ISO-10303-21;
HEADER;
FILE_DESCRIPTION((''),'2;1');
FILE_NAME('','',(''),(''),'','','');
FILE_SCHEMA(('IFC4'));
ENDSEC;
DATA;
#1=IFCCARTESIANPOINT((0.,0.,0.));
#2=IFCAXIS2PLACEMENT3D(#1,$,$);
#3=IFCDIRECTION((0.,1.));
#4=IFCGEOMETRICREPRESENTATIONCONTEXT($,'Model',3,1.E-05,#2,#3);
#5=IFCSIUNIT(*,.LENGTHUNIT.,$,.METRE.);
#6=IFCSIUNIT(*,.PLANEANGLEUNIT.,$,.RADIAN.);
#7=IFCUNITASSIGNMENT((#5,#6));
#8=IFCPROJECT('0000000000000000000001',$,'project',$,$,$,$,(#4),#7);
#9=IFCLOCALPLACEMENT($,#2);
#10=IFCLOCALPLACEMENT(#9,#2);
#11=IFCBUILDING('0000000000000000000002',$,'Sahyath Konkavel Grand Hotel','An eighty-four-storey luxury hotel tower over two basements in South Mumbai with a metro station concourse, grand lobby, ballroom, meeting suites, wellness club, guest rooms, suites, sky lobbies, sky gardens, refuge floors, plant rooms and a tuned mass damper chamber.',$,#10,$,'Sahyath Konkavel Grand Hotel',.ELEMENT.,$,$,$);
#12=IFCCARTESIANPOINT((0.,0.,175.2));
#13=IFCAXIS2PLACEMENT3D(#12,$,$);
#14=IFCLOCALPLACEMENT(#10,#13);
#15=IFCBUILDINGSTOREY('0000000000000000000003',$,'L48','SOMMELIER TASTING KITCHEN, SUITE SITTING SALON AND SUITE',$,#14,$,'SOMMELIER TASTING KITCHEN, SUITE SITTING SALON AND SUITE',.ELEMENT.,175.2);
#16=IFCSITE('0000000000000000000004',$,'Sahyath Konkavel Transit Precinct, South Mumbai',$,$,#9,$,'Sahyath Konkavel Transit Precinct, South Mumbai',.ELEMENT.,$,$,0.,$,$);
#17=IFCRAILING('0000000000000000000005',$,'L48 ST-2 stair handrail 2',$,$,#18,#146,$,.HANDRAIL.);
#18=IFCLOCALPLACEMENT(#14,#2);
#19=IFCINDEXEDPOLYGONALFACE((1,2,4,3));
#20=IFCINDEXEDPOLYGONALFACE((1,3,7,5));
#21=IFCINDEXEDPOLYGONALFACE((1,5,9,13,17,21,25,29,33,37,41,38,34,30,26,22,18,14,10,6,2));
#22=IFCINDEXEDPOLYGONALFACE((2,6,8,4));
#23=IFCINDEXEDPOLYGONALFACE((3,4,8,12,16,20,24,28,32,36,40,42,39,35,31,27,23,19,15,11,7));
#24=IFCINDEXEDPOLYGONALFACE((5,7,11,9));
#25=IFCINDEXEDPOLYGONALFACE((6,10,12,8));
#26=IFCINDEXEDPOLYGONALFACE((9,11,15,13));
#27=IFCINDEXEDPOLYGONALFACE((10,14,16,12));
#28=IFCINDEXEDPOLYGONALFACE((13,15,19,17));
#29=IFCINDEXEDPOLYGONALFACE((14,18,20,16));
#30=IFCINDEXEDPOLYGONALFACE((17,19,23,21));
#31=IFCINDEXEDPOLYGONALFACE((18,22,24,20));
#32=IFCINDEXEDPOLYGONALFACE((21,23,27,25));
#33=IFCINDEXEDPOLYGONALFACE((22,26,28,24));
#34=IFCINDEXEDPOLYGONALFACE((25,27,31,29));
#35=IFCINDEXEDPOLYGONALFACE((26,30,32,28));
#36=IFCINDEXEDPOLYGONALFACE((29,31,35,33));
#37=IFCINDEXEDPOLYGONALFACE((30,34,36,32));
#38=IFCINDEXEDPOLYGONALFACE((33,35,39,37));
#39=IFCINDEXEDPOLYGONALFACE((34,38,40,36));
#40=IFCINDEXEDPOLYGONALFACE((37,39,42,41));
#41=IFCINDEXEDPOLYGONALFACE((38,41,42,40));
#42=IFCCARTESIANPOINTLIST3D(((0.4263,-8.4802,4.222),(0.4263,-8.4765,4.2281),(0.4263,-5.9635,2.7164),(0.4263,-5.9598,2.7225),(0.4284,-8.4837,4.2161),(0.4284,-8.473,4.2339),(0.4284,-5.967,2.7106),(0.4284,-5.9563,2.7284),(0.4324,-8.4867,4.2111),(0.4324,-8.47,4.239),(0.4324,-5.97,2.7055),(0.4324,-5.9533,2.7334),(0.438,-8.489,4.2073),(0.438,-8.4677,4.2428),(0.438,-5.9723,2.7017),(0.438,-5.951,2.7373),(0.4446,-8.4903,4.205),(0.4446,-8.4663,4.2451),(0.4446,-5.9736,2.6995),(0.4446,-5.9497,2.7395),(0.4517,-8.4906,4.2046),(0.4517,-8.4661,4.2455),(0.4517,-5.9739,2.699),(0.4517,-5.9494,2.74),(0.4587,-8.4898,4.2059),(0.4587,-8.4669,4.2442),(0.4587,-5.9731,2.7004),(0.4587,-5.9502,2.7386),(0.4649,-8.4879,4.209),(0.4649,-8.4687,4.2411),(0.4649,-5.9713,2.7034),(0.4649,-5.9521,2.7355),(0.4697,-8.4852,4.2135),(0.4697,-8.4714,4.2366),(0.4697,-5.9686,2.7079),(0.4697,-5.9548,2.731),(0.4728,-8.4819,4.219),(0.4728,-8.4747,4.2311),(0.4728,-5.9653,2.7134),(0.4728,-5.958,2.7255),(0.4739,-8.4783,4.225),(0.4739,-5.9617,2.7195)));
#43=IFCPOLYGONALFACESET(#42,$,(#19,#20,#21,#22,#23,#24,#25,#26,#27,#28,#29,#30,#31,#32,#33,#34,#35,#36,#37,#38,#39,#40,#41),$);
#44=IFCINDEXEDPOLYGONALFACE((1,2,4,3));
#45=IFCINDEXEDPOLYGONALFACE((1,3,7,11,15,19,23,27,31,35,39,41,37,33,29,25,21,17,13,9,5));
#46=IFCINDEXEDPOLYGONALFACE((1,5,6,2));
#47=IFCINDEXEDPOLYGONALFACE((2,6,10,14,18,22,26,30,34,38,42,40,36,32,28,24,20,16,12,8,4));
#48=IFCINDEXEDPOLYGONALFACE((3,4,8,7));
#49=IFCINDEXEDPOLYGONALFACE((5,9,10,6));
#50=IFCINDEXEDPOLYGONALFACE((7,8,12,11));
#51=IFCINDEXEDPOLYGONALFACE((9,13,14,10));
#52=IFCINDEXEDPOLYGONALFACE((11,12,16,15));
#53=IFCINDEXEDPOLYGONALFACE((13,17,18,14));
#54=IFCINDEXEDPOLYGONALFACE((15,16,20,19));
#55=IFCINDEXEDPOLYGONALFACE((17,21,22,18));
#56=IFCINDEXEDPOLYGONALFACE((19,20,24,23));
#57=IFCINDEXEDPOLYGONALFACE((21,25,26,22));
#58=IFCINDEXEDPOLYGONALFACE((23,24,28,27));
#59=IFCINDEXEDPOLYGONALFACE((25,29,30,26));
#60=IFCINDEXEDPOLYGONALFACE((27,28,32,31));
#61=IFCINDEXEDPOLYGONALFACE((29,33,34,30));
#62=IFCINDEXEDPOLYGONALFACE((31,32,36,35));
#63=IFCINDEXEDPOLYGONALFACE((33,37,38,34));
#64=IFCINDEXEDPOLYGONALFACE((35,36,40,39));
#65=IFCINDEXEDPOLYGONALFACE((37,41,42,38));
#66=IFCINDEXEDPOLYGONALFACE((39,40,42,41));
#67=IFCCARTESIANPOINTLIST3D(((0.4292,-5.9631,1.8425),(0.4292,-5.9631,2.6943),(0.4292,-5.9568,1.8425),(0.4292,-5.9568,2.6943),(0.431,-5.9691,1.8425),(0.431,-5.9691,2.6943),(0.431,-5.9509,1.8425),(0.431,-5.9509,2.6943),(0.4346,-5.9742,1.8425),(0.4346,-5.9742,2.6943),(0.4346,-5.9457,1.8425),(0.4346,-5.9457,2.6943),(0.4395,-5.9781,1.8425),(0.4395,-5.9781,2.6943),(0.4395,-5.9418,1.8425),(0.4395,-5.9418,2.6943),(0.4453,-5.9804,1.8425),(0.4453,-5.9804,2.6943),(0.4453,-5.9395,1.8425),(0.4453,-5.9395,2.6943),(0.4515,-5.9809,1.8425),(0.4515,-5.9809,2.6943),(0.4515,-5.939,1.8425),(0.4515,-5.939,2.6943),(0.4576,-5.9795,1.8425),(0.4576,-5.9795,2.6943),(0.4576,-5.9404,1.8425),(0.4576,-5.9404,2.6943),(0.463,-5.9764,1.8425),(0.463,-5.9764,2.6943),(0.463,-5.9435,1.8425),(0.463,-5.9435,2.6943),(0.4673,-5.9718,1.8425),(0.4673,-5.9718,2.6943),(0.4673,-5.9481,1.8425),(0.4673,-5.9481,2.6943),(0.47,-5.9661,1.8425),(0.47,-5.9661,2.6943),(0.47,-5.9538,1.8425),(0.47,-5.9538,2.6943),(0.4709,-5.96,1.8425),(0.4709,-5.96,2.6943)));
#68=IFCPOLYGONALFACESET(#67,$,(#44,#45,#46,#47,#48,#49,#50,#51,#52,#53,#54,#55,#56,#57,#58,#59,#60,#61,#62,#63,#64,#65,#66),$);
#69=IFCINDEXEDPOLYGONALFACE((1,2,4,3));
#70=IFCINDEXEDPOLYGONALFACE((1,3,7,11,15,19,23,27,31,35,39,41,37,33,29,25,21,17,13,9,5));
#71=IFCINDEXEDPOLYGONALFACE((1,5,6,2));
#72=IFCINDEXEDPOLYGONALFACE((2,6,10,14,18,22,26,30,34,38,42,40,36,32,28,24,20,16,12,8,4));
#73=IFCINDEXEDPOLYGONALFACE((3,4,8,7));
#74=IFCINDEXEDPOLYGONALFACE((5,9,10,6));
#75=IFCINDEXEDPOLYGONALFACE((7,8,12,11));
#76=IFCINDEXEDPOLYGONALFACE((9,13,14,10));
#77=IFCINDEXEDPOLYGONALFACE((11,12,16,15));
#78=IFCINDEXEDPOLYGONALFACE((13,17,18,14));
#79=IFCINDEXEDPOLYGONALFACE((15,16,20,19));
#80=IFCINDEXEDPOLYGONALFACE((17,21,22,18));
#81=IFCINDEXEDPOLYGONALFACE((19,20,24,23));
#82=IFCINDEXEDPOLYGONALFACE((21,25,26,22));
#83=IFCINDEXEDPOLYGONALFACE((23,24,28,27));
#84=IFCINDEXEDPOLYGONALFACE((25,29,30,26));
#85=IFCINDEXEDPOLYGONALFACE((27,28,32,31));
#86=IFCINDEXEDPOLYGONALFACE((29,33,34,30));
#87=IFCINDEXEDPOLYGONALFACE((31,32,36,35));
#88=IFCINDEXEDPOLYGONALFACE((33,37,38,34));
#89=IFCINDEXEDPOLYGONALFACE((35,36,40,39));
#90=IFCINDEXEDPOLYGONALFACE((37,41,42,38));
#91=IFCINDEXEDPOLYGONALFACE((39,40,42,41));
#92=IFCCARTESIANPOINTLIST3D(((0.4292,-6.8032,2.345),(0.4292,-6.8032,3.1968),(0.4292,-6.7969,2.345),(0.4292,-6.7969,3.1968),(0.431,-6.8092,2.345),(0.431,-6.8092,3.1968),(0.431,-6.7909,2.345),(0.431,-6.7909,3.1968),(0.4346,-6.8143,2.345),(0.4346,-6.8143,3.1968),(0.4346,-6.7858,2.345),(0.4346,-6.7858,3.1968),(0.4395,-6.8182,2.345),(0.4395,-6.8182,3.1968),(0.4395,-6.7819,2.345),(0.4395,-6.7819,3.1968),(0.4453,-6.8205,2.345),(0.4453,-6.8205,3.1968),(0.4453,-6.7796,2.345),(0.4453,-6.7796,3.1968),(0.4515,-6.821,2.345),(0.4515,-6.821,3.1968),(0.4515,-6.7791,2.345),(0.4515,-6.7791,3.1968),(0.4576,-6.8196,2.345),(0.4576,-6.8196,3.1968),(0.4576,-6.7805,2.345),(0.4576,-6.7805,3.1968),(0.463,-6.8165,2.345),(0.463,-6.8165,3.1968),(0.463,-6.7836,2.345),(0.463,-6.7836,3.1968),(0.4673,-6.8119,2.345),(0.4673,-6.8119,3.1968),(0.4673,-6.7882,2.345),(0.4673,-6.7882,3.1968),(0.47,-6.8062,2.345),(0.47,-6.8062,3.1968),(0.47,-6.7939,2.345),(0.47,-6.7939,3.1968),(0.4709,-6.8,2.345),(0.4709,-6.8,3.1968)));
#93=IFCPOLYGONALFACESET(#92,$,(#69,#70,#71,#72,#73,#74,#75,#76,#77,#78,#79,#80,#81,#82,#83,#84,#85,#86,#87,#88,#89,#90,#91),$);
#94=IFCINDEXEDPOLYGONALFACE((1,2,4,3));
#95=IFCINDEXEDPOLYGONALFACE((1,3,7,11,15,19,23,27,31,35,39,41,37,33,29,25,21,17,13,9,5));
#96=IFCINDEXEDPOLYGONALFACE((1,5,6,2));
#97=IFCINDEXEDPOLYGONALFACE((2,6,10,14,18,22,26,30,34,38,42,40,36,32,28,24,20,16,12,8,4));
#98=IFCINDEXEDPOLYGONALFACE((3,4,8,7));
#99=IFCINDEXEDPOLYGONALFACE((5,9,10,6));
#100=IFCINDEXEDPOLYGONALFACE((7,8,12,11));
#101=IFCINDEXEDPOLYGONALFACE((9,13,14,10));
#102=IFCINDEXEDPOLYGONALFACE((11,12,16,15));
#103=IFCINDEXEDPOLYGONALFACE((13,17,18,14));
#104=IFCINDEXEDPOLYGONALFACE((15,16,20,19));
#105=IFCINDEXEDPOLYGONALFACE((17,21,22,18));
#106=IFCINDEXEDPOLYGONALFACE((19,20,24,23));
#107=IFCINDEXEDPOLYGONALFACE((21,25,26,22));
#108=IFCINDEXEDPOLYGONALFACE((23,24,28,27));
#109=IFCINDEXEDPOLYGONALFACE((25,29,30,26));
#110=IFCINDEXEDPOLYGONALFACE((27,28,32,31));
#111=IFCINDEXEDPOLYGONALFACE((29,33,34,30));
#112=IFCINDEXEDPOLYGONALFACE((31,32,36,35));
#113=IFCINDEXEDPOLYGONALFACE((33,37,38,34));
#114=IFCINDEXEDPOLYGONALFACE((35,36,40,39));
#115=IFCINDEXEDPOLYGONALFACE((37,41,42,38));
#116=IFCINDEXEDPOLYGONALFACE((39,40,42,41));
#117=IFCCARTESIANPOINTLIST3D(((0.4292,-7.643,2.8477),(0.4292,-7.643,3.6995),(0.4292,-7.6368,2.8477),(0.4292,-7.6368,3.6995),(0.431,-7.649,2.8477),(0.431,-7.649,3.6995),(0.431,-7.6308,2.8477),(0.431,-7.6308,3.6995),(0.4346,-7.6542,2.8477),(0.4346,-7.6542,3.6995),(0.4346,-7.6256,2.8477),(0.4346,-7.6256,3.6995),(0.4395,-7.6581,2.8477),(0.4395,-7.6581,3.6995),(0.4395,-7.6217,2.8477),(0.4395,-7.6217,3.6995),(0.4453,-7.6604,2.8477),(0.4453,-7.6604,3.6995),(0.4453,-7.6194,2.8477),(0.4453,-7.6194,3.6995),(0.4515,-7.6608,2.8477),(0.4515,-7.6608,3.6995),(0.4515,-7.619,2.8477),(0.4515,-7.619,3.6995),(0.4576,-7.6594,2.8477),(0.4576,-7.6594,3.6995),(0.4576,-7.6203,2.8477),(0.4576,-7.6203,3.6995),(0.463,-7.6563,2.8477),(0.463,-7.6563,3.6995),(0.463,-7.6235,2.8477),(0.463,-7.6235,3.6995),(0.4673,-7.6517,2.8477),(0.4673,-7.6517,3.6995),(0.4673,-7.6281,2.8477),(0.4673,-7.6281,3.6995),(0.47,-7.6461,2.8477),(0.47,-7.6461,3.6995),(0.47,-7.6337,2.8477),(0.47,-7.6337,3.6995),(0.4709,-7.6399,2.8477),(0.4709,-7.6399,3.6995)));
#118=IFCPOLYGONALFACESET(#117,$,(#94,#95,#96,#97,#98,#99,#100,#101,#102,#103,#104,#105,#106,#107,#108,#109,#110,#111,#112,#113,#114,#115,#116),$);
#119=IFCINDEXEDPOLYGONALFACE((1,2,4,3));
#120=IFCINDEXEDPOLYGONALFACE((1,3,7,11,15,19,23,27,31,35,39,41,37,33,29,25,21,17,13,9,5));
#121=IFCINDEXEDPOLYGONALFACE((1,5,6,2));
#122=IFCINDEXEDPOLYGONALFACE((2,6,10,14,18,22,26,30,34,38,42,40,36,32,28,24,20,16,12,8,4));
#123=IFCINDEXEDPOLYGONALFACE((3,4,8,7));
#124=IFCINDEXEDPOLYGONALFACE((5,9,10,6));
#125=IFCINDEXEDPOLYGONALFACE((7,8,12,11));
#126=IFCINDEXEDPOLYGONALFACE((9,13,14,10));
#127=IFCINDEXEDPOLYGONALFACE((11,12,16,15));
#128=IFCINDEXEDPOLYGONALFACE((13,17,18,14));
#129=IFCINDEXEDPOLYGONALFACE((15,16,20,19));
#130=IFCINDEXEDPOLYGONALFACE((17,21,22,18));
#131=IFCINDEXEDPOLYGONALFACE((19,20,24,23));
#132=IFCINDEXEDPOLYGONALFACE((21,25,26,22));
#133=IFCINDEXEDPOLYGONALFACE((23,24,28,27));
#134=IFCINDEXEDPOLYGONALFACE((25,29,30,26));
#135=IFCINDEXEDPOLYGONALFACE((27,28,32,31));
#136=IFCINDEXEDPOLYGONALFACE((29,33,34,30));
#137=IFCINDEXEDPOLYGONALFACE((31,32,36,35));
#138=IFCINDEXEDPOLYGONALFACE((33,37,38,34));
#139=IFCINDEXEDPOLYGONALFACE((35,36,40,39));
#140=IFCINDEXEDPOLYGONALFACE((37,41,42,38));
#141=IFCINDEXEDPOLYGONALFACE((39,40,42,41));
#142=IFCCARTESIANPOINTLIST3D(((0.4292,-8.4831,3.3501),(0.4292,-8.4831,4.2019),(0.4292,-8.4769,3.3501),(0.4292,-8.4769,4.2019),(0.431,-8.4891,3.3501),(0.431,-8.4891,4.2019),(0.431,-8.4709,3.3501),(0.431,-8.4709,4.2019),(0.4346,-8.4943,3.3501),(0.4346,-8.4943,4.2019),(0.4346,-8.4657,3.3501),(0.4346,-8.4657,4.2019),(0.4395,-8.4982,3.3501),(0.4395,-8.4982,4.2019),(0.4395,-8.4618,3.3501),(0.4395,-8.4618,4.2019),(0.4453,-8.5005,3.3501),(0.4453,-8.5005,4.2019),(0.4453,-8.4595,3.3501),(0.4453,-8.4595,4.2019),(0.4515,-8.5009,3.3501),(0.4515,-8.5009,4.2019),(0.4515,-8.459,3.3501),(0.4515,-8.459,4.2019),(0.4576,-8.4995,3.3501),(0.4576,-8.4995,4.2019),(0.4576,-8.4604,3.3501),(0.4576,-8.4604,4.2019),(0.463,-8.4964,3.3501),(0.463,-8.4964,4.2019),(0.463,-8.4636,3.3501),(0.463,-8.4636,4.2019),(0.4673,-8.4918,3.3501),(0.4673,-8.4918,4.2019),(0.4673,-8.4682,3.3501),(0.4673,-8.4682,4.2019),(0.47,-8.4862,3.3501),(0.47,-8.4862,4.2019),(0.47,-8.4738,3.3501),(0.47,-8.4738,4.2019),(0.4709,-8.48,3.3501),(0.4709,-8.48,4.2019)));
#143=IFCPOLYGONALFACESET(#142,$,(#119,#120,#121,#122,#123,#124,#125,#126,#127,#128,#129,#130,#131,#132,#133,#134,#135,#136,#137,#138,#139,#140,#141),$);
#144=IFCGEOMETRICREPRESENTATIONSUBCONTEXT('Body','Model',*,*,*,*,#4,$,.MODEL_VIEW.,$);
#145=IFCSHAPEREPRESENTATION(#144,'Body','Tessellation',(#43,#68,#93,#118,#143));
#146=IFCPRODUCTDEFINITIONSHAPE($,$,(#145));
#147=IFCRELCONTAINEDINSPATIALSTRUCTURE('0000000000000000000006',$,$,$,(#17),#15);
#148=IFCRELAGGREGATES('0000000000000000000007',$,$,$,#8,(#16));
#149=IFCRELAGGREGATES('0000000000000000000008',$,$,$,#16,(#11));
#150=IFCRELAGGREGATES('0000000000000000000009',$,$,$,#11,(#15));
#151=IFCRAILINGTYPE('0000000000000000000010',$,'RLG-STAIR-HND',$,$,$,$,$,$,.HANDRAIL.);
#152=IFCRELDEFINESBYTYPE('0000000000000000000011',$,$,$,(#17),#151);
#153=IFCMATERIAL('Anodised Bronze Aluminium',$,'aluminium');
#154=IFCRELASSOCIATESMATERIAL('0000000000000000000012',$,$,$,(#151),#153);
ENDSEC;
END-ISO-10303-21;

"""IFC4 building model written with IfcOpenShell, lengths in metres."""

from ifc_helpers import new_model, si_unit, direction, frame, origin, origin_2d, place, context, subcontext, project, spatial, circle, extrude, material, type_object, element, save


model = new_model("IFC4")

# Units and contexts
model_context = context("Model", 3, precision=1e-05, world=origin(), true_north=direction((0.0, 1.0)))
body_context = subcontext(model_context, "Body", "Model", "MODEL_VIEW")
ifc_project = project(units=[si_unit("LENGTHUNIT", "METRE"), si_unit("PLANEANGLEUNIT", "RADIAN")], contexts=[model_context])

# Site, building, storey
site_placement = place(None, origin())
site = spatial("IfcSite", under=ifc_project, at=site_placement, Name="Sahyath Konkavel Transit Precinct, South Mumbai", LongName="Sahyath Konkavel Transit Precinct, South Mumbai", CompositionType="ELEMENT", RefElevation=0.0)
building_placement = place(site_placement, origin())
building = spatial("IfcBuilding", under=site, at=building_placement, Name="Sahyath Konkavel Grand Hotel", Description="An eighty-four-storey luxury hotel tower over two basements in South Mumbai with a metro station concourse, grand lobby, ballroom, meeting suites, wellness club, guest rooms, suites, sky lobbies, sky gardens, refuge floors, plant rooms and a tuned mass damper chamber.", LongName="Sahyath Konkavel Grand Hotel", CompositionType="ELEMENT")
storey_placement = place(building_placement, frame((0.0, 0.0, 175.2)))
storey = spatial("IfcBuildingStorey", under=building, at=storey_placement, Name="L48", Description="SOMMELIER TASTING KITCHEN, SUITE SITTING SALON AND SUITE", LongName="SOMMELIER TASTING KITCHEN, SUITE SITTING SALON AND SUITE", CompositionType="ELEMENT", Elevation=175.2)

# Shared definitions
ifc_material_1 = material(Name="Anodised Bronze Aluminium", Category="aluminium")

# Railing
railing_type_1 = type_object("IfcRailingType", Name="RLG-STAIR-HND", PredefinedType="HANDRAIL", material=ifc_material_1)
railing_1_placement = place(storey_placement, frame((0.45, -5.96, 1.8425)))
element("IfcRailing", 1, at=railing_1_placement, inside=storey, type_object=railing_type_1, Name="L48 ST-2 stair handrail 2", PredefinedType="HANDRAIL", context=body_context, shape_type="SweptSolid", body=[
    extrude(circle(Radius=0.0239, at=origin_2d()), frame((0.0, -0.0017, 0.877), z_axis=(0.0, -0.85816, 0.513383), x_axis=(1.0, 0.0, 0.0)), (0.0, 0.0, 1.0), 2.9326),
    extrude(circle(Radius=0.021, at=origin_2d()), origin(), (0.0, 0.0, 1.0), 0.8518),
    extrude(circle(Radius=0.021, at=origin_2d()), frame((0.0, -0.8401, 0.5024)), (0.0, 0.0, 1.0), 0.8518),
    extrude(circle(Radius=0.021, at=origin_2d()), frame((0.0, -1.6799, 1.0051)), (0.0, 0.0, 1.0), 0.8518),
    extrude(circle(Radius=0.021, at=origin_2d()), frame((0.0, -2.52, 1.5076)), (0.0, 0.0, 1.0), 0.8518),
])

save(model, "model.ifc")
